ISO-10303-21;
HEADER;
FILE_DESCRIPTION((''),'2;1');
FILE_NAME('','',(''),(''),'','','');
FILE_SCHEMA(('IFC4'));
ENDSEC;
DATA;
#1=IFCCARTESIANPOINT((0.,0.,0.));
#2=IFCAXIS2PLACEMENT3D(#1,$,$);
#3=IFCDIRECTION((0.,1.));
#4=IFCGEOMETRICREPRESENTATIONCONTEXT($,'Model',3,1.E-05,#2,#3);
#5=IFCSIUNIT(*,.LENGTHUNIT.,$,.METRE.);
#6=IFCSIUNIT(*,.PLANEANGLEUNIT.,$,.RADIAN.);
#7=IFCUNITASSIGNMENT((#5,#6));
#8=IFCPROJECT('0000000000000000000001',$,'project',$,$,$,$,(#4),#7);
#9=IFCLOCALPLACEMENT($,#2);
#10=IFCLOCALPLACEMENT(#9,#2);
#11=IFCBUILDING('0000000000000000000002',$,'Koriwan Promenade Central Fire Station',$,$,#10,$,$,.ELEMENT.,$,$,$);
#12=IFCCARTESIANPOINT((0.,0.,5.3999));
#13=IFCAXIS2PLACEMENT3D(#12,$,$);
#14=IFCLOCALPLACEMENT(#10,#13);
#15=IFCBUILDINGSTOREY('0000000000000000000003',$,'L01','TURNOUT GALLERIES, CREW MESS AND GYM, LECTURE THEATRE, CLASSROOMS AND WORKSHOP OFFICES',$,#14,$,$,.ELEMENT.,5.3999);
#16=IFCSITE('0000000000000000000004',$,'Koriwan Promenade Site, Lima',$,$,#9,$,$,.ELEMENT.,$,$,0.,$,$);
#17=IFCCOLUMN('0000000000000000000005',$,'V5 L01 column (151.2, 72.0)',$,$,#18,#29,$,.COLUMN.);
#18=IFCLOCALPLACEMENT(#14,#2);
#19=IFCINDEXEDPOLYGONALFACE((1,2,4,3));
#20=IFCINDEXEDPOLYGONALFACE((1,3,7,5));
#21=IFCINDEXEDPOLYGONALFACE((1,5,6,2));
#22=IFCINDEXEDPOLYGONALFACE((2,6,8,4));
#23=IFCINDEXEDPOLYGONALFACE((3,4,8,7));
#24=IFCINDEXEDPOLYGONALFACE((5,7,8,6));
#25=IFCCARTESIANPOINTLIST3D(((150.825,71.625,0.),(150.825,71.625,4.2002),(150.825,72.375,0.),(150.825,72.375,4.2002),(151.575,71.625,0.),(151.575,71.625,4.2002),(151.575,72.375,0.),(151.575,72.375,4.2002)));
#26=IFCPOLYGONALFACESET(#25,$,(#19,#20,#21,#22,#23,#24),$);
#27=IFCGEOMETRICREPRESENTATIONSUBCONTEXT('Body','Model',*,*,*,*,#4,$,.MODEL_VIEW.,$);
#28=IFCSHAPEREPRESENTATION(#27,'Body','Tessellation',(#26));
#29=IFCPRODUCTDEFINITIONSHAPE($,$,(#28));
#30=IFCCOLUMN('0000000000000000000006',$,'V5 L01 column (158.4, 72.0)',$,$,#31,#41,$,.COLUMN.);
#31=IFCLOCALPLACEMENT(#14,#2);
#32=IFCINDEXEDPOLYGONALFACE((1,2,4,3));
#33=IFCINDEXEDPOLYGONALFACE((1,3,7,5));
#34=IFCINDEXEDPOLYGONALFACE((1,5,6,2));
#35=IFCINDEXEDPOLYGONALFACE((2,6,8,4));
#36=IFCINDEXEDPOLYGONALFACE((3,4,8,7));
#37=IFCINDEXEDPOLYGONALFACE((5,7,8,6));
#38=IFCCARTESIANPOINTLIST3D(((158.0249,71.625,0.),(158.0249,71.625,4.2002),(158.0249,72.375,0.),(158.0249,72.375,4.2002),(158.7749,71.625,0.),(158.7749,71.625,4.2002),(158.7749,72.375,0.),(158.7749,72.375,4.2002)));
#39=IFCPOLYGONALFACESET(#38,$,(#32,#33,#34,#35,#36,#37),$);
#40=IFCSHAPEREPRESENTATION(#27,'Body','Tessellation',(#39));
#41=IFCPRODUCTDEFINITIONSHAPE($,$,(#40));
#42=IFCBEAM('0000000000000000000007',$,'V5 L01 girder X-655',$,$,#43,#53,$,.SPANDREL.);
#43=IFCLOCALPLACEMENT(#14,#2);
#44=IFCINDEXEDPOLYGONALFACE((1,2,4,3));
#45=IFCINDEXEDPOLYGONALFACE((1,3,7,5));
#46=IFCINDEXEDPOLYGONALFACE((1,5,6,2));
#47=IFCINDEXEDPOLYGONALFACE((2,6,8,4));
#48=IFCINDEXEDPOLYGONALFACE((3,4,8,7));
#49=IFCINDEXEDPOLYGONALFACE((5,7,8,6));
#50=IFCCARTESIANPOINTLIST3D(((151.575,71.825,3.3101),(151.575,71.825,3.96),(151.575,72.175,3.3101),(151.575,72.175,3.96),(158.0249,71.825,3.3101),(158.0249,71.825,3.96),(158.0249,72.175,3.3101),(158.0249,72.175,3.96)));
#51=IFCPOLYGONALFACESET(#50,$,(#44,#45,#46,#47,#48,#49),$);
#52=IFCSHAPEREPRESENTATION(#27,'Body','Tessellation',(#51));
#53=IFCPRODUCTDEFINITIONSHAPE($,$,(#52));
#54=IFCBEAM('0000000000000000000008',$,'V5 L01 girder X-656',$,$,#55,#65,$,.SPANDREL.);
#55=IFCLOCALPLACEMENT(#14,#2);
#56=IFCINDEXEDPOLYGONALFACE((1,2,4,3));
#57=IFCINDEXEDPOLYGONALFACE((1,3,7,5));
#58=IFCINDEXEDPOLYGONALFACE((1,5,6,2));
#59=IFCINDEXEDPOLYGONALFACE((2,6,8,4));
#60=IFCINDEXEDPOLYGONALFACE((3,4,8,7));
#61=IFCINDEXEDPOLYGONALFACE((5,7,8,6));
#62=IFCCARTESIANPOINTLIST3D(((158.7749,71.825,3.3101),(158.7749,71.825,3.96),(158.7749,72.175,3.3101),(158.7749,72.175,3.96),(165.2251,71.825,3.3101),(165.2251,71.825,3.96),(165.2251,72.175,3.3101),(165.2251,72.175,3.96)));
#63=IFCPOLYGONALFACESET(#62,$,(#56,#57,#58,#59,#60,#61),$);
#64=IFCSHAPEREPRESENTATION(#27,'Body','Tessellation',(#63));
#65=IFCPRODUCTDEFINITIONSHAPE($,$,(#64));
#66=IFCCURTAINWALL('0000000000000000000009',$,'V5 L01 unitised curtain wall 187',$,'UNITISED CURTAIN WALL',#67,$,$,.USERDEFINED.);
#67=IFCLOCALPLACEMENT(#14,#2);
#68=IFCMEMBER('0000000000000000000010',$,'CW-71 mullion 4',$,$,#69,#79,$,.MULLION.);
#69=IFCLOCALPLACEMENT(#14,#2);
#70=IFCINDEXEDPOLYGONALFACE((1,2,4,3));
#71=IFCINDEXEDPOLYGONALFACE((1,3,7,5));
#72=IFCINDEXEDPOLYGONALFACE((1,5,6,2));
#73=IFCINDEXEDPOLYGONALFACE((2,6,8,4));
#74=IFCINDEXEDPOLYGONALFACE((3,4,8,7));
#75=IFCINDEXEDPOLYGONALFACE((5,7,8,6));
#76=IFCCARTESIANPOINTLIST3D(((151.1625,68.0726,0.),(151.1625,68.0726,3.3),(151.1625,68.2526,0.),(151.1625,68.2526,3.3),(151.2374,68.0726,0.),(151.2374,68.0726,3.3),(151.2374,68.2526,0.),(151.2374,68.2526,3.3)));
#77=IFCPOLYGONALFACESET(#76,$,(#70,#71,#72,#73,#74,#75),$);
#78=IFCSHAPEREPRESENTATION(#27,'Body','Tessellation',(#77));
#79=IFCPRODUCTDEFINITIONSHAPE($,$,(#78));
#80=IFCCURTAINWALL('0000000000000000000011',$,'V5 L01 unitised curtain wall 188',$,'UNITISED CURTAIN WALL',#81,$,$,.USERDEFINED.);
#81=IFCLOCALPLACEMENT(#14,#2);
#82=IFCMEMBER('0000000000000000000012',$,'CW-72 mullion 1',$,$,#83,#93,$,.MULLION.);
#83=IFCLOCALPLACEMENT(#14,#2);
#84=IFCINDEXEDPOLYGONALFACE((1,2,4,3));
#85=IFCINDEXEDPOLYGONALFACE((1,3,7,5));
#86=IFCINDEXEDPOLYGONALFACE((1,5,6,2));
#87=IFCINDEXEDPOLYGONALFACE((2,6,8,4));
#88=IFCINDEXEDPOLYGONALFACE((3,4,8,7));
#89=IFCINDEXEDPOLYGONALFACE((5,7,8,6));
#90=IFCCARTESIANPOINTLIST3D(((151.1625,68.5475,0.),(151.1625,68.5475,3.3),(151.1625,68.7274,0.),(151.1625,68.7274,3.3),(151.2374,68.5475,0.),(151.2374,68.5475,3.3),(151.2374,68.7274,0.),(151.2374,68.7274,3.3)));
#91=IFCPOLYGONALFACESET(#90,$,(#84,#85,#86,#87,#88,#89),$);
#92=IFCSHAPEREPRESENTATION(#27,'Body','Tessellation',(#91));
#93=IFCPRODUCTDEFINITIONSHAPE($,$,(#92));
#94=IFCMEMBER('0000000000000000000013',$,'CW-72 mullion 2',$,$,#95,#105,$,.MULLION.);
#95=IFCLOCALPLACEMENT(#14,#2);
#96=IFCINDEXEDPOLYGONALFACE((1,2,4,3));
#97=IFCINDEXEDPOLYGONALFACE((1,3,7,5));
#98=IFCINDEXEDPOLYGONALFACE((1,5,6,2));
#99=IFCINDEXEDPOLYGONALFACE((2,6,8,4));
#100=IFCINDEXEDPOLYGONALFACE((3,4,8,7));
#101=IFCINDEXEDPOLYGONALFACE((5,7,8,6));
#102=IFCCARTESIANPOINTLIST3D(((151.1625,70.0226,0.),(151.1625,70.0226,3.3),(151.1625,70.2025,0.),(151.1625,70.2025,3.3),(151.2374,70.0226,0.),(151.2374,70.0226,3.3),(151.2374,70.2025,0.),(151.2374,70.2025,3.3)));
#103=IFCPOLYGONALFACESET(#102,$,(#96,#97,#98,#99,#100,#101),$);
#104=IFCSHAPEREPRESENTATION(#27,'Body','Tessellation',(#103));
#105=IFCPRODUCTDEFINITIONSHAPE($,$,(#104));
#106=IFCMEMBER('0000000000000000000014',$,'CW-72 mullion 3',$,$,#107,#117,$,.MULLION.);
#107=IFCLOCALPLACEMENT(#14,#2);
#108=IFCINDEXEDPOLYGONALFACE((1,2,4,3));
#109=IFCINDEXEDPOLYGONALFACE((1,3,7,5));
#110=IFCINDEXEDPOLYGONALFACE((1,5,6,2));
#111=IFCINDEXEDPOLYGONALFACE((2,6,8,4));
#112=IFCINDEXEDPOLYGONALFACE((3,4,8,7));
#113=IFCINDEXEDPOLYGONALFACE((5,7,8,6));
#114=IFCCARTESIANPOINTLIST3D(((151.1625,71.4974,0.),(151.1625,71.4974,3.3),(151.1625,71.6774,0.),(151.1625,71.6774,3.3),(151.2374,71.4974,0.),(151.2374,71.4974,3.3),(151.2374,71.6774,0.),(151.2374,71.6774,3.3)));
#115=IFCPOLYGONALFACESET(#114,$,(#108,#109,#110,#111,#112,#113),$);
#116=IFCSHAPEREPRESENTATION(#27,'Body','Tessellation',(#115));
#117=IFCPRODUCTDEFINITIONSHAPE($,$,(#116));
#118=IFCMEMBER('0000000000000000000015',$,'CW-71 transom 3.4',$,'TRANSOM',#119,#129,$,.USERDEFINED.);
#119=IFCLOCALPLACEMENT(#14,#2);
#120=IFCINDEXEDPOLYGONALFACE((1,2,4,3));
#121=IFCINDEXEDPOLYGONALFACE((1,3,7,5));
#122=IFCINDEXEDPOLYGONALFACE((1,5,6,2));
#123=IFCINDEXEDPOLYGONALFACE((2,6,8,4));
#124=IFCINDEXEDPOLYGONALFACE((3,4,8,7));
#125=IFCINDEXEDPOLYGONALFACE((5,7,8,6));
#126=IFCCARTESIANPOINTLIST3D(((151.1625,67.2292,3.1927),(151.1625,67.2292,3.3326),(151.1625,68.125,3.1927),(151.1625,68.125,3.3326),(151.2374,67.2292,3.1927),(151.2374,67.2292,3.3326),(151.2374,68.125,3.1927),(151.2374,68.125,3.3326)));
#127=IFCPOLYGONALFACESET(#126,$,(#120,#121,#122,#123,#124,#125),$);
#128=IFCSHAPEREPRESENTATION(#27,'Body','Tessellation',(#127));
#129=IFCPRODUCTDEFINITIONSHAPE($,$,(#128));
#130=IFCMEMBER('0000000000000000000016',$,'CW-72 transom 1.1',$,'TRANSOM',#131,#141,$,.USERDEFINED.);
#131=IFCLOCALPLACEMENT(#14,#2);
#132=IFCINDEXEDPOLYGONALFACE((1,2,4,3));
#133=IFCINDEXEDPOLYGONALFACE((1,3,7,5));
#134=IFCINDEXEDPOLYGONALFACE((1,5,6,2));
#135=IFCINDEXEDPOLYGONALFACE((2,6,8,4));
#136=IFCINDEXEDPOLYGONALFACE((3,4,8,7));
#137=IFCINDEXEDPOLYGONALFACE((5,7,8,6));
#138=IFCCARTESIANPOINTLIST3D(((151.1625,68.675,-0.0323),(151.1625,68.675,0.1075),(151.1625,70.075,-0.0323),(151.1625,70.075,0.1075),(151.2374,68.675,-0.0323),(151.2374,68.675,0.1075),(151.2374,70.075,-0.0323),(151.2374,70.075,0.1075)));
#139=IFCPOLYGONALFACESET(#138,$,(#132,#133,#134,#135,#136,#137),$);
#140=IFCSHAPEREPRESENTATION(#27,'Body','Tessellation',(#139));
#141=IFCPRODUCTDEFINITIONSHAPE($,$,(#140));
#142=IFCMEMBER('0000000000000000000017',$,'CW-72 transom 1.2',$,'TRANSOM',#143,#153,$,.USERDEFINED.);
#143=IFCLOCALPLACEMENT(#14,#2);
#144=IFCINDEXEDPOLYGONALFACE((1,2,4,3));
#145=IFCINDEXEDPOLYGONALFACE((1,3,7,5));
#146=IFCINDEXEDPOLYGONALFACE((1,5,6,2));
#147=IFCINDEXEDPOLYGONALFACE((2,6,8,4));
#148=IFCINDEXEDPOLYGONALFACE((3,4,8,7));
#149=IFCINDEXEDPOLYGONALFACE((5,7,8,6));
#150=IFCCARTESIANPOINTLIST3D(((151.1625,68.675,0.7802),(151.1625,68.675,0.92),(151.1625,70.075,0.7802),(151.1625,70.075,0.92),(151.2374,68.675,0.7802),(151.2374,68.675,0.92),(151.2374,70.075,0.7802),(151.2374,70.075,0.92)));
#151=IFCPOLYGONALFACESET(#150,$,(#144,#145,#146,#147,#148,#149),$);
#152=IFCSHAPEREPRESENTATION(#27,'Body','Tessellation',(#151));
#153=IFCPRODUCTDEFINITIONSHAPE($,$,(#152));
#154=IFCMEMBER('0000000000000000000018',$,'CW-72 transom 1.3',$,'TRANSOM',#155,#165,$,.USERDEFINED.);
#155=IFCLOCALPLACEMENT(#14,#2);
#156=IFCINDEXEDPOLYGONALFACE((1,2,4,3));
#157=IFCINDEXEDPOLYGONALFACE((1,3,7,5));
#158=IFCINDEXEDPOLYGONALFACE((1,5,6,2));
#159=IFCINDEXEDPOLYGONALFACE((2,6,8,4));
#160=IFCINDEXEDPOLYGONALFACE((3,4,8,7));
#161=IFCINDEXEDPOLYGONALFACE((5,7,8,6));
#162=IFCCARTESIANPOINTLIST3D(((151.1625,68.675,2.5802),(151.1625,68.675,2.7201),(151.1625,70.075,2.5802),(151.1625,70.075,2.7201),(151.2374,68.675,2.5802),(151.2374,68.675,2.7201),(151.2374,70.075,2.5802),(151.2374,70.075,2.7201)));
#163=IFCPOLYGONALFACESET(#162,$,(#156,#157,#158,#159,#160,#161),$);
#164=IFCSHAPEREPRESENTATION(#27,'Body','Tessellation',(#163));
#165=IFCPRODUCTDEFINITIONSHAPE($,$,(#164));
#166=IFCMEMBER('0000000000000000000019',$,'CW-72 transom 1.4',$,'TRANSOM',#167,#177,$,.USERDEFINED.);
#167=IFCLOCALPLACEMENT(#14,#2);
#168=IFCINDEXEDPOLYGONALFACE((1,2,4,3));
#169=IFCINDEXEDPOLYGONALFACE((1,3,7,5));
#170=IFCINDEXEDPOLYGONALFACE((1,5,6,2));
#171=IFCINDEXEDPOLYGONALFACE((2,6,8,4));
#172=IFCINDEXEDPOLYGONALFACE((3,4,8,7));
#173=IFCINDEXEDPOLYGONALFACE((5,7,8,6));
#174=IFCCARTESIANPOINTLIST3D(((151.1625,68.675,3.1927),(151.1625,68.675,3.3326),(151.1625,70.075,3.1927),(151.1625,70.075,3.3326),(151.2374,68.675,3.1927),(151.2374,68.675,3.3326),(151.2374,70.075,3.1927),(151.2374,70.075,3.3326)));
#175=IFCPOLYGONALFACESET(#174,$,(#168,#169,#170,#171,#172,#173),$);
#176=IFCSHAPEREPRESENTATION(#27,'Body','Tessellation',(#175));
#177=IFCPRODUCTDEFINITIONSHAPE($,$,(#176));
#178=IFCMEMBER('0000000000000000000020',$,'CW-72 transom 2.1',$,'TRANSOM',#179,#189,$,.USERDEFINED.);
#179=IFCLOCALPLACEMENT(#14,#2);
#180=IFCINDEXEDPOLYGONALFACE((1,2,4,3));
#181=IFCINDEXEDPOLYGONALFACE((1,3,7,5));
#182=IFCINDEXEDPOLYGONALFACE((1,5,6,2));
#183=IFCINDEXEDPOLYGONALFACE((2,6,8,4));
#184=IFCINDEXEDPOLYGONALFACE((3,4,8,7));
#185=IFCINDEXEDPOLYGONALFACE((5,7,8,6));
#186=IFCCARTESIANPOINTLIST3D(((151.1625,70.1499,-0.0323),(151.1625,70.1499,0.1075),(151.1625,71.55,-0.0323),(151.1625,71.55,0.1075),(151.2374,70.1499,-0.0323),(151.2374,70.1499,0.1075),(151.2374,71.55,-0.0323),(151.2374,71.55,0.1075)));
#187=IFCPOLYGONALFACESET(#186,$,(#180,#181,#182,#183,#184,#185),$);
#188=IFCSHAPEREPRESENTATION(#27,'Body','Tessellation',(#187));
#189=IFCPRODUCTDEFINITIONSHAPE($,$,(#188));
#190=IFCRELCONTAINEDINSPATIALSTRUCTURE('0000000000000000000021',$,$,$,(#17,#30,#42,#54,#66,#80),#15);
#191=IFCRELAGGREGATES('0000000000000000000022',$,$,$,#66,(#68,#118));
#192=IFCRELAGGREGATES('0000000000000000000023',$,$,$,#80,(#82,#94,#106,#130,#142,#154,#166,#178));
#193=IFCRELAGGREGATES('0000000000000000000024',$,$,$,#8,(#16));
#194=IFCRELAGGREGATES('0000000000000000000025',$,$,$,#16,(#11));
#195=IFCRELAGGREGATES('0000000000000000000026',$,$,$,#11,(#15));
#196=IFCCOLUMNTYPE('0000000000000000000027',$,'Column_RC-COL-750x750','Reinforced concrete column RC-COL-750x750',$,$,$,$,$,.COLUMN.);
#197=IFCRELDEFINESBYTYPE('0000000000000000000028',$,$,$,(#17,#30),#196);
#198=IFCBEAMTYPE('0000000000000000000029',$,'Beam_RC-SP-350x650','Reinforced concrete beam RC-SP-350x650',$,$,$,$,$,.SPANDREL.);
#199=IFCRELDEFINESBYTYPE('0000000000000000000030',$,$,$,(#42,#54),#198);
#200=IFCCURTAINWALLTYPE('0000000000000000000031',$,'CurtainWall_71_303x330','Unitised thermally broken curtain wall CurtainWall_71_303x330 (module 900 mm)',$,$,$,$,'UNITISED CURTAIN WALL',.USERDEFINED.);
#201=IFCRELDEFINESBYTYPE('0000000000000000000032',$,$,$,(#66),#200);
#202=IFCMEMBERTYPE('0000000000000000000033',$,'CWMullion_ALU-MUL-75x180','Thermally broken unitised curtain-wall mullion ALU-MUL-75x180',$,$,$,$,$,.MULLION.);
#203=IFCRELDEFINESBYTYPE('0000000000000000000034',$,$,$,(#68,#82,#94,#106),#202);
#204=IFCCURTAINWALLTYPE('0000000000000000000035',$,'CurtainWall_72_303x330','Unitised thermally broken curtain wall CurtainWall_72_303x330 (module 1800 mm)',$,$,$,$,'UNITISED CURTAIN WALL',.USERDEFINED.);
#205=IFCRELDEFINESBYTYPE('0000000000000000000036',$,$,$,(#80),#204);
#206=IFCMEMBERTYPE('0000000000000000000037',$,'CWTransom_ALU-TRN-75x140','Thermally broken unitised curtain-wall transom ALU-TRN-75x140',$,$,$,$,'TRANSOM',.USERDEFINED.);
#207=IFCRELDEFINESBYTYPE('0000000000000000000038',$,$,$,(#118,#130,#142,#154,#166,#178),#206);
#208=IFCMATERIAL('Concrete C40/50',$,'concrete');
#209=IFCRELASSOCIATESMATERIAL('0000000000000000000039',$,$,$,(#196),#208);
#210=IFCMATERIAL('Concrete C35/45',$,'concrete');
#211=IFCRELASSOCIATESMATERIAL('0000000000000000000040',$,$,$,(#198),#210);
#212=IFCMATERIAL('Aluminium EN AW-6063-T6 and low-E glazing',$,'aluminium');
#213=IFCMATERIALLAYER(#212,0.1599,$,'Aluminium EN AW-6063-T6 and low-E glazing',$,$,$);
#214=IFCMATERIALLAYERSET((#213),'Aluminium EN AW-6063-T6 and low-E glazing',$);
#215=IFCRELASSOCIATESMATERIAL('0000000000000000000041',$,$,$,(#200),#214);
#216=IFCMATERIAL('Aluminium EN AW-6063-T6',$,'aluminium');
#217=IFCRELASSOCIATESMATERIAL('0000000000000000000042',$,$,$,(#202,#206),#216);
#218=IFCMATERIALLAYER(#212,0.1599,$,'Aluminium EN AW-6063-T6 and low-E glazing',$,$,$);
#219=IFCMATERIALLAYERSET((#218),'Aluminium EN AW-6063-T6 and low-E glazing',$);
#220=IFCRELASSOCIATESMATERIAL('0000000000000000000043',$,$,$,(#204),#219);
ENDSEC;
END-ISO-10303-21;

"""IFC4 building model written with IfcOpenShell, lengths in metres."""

from ifc_helpers import new_model, si_unit, direction, frame, origin, origin_2d, place, context, subcontext, project, spatial, rectangle, extrude, material, layer, layer_set, material_profile, profile_set, type_object, element, aggregate, save


model = new_model("IFC4")

# Units and contexts
model_context = context("Model", 3, precision=1e-05, world=origin(), true_north=direction((0.0, 1.0)))
body_context = subcontext(model_context, "Body", "Model", "MODEL_VIEW")
ifc_project = project(units=[si_unit("LENGTHUNIT", "METRE"), si_unit("PLANEANGLEUNIT", "RADIAN")], contexts=[model_context])

# Site, building, storey
site_placement = place(None, origin())
site = spatial("IfcSite", under=ifc_project, at=site_placement, Name="Koriwan Promenade Site, Lima", CompositionType="ELEMENT", RefElevation=0.0)
building_placement = place(site_placement, origin())
building = spatial("IfcBuilding", under=site, at=building_placement, Name="Koriwan Promenade Central Fire Station", CompositionType="ELEMENT")
storey_placement = place(building_placement, frame((0.0, 0.0, 5.3999)))
storey = spatial("IfcBuildingStorey", under=building, at=storey_placement, Name="L01", Description="TURNOUT GALLERIES, CREW MESS AND GYM, LECTURE THEATRE, CLASSROOMS AND WORKSHOP OFFICES", CompositionType="ELEMENT", Elevation=5.3999)

# Columns
ifc_material_1 = material(Name="Concrete C40/50", Category="concrete")
ifc_material_profile_1 = material_profile(ifc_material_1, rectangle(XDim=0.75, YDim=0.75, at=origin_2d()), Name="RC-COL-750x750")
ifc_profile_set_1 = profile_set([ifc_material_profile_1], Name="Concrete C40/50")
column_type = type_object("IfcColumnType", Name="Column_RC-COL-750x750", Description="Reinforced concrete column RC-COL-750x750", PredefinedType="COLUMN", material=ifc_profile_set_1)
for number, where, z_axis, x_axis, name in (
    (1, (151.2, 72.0, 0.0), (0.0, 0.0, 1.0), (1.0, 0.0, 0.0), "V5 L01 column (151.2, 72.0)"),
    (2, (158.3999, 72.0, 0.0), (0.0, 0.0, 1.0), (1.0, 0.0, 0.0), "V5 L01 column (158.4, 72.0)"),
):
    element("IfcColumn", number, at=place(storey_placement, frame(where, z_axis=z_axis, x_axis=x_axis)), inside=storey, type_object=column_type, Name=name, PredefinedType="COLUMN", context=body_context, shape_type="SweptSolid", body=[
        extrude(rectangle(XDim=0.75, YDim=0.75, at=origin_2d()), origin(), (0.0, 0.0, 1.0), 4.2002),
    ])

# Beams
ifc_material_2 = material(Name="Concrete C35/45", Category="concrete")
ifc_material_profile_2 = material_profile(ifc_material_2, rectangle(XDim=0.3501, YDim=0.6499, at=origin_2d()), Name="RC-SP-350x650")
ifc_profile_set_2 = profile_set([ifc_material_profile_2], Name="Concrete C35/45")
beam_type = type_object("IfcBeamType", Name="Beam_RC-SP-350x650", Description="Reinforced concrete beam RC-SP-350x650", PredefinedType="SPANDREL", material=ifc_profile_set_2)
beam_1_placement = place(storey_placement, frame((151.575, 72.0, 3.635), z_axis=(1.0, 0.0, 0.0), x_axis=(0.0, 1.0, 0.0)))
element("IfcBeam", 3, at=beam_1_placement, inside=storey, type_object=beam_type, Name="V5 L01 girder X-655", PredefinedType="SPANDREL", context=body_context, shape_type="SweptSolid", body=[
    extrude(rectangle(XDim=0.3501, YDim=0.6499, at=origin_2d()), origin(), (0.0, 0.0, 1.0), 6.45),
])
beam_2_placement = place(storey_placement, frame((158.7749, 72.0, 3.635), z_axis=(1.0, 0.0, 0.0), x_axis=(0.0, 1.0, 0.0)))
element("IfcBeam", 4, at=beam_2_placement, inside=storey, type_object=beam_type, Name="V5 L01 girder X-656", PredefinedType="SPANDREL", context=body_context, shape_type="SweptSolid", body=[
    extrude(rectangle(XDim=0.3501, YDim=0.6499, at=origin_2d()), origin(), (0.0, 0.0, 1.0), 6.4502),
])

# Curtain wall, member
ifc_material_3 = material(Name="Aluminium EN AW-6063-T6 and low-E glazing", Category="aluminium")
ifc_layer_1 = layer(ifc_material_3, 0.1599, Name="Aluminium EN AW-6063-T6 and low-E glazing")
ifc_layer_set_1 = layer_set([ifc_layer_1], Name="Aluminium EN AW-6063-T6 and low-E glazing")
curtain_wall_type_1 = type_object("IfcCurtainWallType", Name="CurtainWall_71_303x330", Description="Unitised thermally broken curtain wall CurtainWall_71_303x330 (module 900 mm)", ElementType="UNITISED CURTAIN WALL", PredefinedType="USERDEFINED", material=ifc_layer_set_1)
curtain_wall_1_placement = place(storey_placement, origin())
curtain_wall_1 = element("IfcCurtainWall", 5, at=curtain_wall_1_placement, inside=storey, type_object=curtain_wall_type_1, Name="V5 L01 unitised curtain wall 187", ObjectType="UNITISED CURTAIN WALL", PredefinedType="USERDEFINED")
ifc_material_4 = material(Name="Aluminium EN AW-6063-T6", Category="aluminium")
ifc_material_profile_3 = material_profile(ifc_material_4, rectangle(XDim=0.075, YDim=0.1799, at=origin_2d()), Name="ALU-MUL-75x180")
ifc_profile_set_3 = profile_set([ifc_material_profile_3], Name="Aluminium EN AW-6063-T6")
member_type_1 = type_object("IfcMemberType", Name="CWMullion_ALU-MUL-75x180", Description="Thermally broken unitised curtain-wall mullion ALU-MUL-75x180", PredefinedType="MULLION", material=ifc_profile_set_3)
member_1_placement = place(storey_placement, frame((151.2, 68.1626, 0.0), z_axis=(0.0, 0.0, 1.0), x_axis=(-1.0, 0.0, 0.0)))
member_1 = element("IfcMember", 6, at=member_1_placement, type_object=member_type_1, Name="CW-71 mullion 4", PredefinedType="MULLION", context=body_context, shape_type="SweptSolid", body=[
    extrude(rectangle(XDim=0.075, YDim=0.1799, at=origin_2d()), origin(), (0.0, 0.0, 1.0), 3.3),
])

# Curtain wall, members
ifc_layer_2 = layer(ifc_material_3, 0.1599, Name="Aluminium EN AW-6063-T6 and low-E glazing")
ifc_layer_set_2 = layer_set([ifc_layer_2], Name="Aluminium EN AW-6063-T6 and low-E glazing")
curtain_wall_type_2 = type_object("IfcCurtainWallType", Name="CurtainWall_72_303x330", Description="Unitised thermally broken curtain wall CurtainWall_72_303x330 (module 1800 mm)", ElementType="UNITISED CURTAIN WALL", PredefinedType="USERDEFINED", material=ifc_layer_set_2)
curtain_wall_2_placement = place(storey_placement, origin())
curtain_wall_2 = element("IfcCurtainWall", 7, at=curtain_wall_2_placement, inside=storey, type_object=curtain_wall_type_2, Name="V5 L01 unitised curtain wall 188", ObjectType="UNITISED CURTAIN WALL", PredefinedType="USERDEFINED")
member_2_placement = place(storey_placement, frame((151.2, 68.6375, 0.0), z_axis=(0.0, 0.0, 1.0), x_axis=(-1.0, 0.0, 0.0)))
member_2 = element("IfcMember", 8, at=member_2_placement, type_object=member_type_1, Name="CW-72 mullion 1", PredefinedType="MULLION", context=body_context, shape_type="SweptSolid", body=[
    extrude(rectangle(XDim=0.075, YDim=0.1799, at=origin_2d()), origin(), (0.0, 0.0, 1.0), 3.3),
])
member_3_placement = place(storey_placement, frame((151.2, 70.1125, 0.0), z_axis=(0.0, 0.0, 1.0), x_axis=(-1.0, 0.0, 0.0)))
member_3 = element("IfcMember", 9, at=member_3_placement, type_object=member_type_1, Name="CW-72 mullion 2", PredefinedType="MULLION", context=body_context, shape_type="SweptSolid", body=[
    extrude(rectangle(XDim=0.075, YDim=0.1799, at=origin_2d()), origin(), (0.0, 0.0, 1.0), 3.3),
])
member_4_placement = place(storey_placement, frame((151.2, 71.5874, 0.0), z_axis=(0.0, 0.0, 1.0), x_axis=(-1.0, 0.0, 0.0)))
member_4 = element("IfcMember", 10, at=member_4_placement, type_object=member_type_1, Name="CW-72 mullion 3", PredefinedType="MULLION", context=body_context, shape_type="SweptSolid", body=[
    extrude(rectangle(XDim=0.075, YDim=0.1799, at=origin_2d()), origin(), (0.0, 0.0, 1.0), 3.3),
])

# Members
ifc_material_profile_4 = material_profile(ifc_material_4, rectangle(XDim=0.075, YDim=0.1399, at=origin_2d()), Name="ALU-TRN-75x140")
ifc_profile_set_4 = profile_set([ifc_material_profile_4], Name="Aluminium EN AW-6063-T6")
member_type_2 = type_object("IfcMemberType", Name="CWTransom_ALU-TRN-75x140", Description="Thermally broken unitised curtain-wall transom ALU-TRN-75x140", ElementType="TRANSOM", PredefinedType="USERDEFINED", material=ifc_profile_set_4)
member_5_placement = place(storey_placement, frame((151.2, 67.2292, 3.2627), z_axis=(0.0, 1.0, 0.0), x_axis=(-1.0, 0.0, 0.0)))
member_5 = element("IfcMember", 11, at=member_5_placement, type_object=member_type_2, Name="CW-71 transom 3.4", ObjectType="TRANSOM", PredefinedType="USERDEFINED", context=body_context, shape_type="SweptSolid", body=[
    extrude(rectangle(XDim=0.075, YDim=0.1399, at=origin_2d()), origin(), (0.0, 0.0, 1.0), 0.8958),
])
member_6_placement = place(storey_placement, frame((151.2, 68.675, 0.0376), z_axis=(0.0, 1.0, 0.0), x_axis=(-1.0, 0.0, 0.0)))
member_6 = element("IfcMember", 12, at=member_6_placement, type_object=member_type_2, Name="CW-72 transom 1.1", ObjectType="TRANSOM", PredefinedType="USERDEFINED", context=body_context, shape_type="SweptSolid", body=[
    extrude(rectangle(XDim=0.075, YDim=0.1399, at=origin_2d()), origin(), (0.0, 0.0, 1.0), 1.3999),
])
member_7_placement = place(storey_placement, frame((151.2, 68.675, 0.8501), z_axis=(0.0, 1.0, 0.0), x_axis=(-1.0, 0.0, 0.0)))
member_7 = element("IfcMember", 13, at=member_7_placement, type_object=member_type_2, Name="CW-72 transom 1.2", ObjectType="TRANSOM", PredefinedType="USERDEFINED", context=body_context, shape_type="SweptSolid", body=[
    extrude(rectangle(XDim=0.075, YDim=0.1399, at=origin_2d()), origin(), (0.0, 0.0, 1.0), 1.3999),
])
member_8_placement = place(storey_placement, frame((151.2, 68.675, 2.6501), z_axis=(0.0, 1.0, 0.0), x_axis=(-1.0, 0.0, 0.0)))
member_8 = element("IfcMember", 14, at=member_8_placement, type_object=member_type_2, Name="CW-72 transom 1.3", ObjectType="TRANSOM", PredefinedType="USERDEFINED", context=body_context, shape_type="SweptSolid", body=[
    extrude(rectangle(XDim=0.075, YDim=0.1399, at=origin_2d()), origin(), (0.0, 0.0, 1.0), 1.3999),
])
member_9_placement = place(storey_placement, frame((151.2, 68.675, 3.2627), z_axis=(0.0, 1.0, 0.0), x_axis=(-1.0, 0.0, 0.0)))
member_9 = element("IfcMember", 15, at=member_9_placement, type_object=member_type_2, Name="CW-72 transom 1.4", ObjectType="TRANSOM", PredefinedType="USERDEFINED", context=body_context, shape_type="SweptSolid", body=[
    extrude(rectangle(XDim=0.075, YDim=0.1399, at=origin_2d()), origin(), (0.0, 0.0, 1.0), 1.3999),
])
member_10_placement = place(storey_placement, frame((151.2, 70.1499, 0.0376), z_axis=(0.0, 1.0, 0.0), x_axis=(-1.0, 0.0, 0.0)))
member_10 = element("IfcMember", 16, at=member_10_placement, type_object=member_type_2, Name="CW-72 transom 2.1", ObjectType="TRANSOM", PredefinedType="USERDEFINED", context=body_context, shape_type="SweptSolid", body=[
    extrude(rectangle(XDim=0.075, YDim=0.1399, at=origin_2d()), origin(), (0.0, 0.0, 1.0), 1.4001),
])

aggregate(curtain_wall_1, [member_1, member_5])
aggregate(curtain_wall_2, [member_2, member_3, member_4, member_6, member_7, member_8, member_9, member_10])

save(model, "model.ifc")
